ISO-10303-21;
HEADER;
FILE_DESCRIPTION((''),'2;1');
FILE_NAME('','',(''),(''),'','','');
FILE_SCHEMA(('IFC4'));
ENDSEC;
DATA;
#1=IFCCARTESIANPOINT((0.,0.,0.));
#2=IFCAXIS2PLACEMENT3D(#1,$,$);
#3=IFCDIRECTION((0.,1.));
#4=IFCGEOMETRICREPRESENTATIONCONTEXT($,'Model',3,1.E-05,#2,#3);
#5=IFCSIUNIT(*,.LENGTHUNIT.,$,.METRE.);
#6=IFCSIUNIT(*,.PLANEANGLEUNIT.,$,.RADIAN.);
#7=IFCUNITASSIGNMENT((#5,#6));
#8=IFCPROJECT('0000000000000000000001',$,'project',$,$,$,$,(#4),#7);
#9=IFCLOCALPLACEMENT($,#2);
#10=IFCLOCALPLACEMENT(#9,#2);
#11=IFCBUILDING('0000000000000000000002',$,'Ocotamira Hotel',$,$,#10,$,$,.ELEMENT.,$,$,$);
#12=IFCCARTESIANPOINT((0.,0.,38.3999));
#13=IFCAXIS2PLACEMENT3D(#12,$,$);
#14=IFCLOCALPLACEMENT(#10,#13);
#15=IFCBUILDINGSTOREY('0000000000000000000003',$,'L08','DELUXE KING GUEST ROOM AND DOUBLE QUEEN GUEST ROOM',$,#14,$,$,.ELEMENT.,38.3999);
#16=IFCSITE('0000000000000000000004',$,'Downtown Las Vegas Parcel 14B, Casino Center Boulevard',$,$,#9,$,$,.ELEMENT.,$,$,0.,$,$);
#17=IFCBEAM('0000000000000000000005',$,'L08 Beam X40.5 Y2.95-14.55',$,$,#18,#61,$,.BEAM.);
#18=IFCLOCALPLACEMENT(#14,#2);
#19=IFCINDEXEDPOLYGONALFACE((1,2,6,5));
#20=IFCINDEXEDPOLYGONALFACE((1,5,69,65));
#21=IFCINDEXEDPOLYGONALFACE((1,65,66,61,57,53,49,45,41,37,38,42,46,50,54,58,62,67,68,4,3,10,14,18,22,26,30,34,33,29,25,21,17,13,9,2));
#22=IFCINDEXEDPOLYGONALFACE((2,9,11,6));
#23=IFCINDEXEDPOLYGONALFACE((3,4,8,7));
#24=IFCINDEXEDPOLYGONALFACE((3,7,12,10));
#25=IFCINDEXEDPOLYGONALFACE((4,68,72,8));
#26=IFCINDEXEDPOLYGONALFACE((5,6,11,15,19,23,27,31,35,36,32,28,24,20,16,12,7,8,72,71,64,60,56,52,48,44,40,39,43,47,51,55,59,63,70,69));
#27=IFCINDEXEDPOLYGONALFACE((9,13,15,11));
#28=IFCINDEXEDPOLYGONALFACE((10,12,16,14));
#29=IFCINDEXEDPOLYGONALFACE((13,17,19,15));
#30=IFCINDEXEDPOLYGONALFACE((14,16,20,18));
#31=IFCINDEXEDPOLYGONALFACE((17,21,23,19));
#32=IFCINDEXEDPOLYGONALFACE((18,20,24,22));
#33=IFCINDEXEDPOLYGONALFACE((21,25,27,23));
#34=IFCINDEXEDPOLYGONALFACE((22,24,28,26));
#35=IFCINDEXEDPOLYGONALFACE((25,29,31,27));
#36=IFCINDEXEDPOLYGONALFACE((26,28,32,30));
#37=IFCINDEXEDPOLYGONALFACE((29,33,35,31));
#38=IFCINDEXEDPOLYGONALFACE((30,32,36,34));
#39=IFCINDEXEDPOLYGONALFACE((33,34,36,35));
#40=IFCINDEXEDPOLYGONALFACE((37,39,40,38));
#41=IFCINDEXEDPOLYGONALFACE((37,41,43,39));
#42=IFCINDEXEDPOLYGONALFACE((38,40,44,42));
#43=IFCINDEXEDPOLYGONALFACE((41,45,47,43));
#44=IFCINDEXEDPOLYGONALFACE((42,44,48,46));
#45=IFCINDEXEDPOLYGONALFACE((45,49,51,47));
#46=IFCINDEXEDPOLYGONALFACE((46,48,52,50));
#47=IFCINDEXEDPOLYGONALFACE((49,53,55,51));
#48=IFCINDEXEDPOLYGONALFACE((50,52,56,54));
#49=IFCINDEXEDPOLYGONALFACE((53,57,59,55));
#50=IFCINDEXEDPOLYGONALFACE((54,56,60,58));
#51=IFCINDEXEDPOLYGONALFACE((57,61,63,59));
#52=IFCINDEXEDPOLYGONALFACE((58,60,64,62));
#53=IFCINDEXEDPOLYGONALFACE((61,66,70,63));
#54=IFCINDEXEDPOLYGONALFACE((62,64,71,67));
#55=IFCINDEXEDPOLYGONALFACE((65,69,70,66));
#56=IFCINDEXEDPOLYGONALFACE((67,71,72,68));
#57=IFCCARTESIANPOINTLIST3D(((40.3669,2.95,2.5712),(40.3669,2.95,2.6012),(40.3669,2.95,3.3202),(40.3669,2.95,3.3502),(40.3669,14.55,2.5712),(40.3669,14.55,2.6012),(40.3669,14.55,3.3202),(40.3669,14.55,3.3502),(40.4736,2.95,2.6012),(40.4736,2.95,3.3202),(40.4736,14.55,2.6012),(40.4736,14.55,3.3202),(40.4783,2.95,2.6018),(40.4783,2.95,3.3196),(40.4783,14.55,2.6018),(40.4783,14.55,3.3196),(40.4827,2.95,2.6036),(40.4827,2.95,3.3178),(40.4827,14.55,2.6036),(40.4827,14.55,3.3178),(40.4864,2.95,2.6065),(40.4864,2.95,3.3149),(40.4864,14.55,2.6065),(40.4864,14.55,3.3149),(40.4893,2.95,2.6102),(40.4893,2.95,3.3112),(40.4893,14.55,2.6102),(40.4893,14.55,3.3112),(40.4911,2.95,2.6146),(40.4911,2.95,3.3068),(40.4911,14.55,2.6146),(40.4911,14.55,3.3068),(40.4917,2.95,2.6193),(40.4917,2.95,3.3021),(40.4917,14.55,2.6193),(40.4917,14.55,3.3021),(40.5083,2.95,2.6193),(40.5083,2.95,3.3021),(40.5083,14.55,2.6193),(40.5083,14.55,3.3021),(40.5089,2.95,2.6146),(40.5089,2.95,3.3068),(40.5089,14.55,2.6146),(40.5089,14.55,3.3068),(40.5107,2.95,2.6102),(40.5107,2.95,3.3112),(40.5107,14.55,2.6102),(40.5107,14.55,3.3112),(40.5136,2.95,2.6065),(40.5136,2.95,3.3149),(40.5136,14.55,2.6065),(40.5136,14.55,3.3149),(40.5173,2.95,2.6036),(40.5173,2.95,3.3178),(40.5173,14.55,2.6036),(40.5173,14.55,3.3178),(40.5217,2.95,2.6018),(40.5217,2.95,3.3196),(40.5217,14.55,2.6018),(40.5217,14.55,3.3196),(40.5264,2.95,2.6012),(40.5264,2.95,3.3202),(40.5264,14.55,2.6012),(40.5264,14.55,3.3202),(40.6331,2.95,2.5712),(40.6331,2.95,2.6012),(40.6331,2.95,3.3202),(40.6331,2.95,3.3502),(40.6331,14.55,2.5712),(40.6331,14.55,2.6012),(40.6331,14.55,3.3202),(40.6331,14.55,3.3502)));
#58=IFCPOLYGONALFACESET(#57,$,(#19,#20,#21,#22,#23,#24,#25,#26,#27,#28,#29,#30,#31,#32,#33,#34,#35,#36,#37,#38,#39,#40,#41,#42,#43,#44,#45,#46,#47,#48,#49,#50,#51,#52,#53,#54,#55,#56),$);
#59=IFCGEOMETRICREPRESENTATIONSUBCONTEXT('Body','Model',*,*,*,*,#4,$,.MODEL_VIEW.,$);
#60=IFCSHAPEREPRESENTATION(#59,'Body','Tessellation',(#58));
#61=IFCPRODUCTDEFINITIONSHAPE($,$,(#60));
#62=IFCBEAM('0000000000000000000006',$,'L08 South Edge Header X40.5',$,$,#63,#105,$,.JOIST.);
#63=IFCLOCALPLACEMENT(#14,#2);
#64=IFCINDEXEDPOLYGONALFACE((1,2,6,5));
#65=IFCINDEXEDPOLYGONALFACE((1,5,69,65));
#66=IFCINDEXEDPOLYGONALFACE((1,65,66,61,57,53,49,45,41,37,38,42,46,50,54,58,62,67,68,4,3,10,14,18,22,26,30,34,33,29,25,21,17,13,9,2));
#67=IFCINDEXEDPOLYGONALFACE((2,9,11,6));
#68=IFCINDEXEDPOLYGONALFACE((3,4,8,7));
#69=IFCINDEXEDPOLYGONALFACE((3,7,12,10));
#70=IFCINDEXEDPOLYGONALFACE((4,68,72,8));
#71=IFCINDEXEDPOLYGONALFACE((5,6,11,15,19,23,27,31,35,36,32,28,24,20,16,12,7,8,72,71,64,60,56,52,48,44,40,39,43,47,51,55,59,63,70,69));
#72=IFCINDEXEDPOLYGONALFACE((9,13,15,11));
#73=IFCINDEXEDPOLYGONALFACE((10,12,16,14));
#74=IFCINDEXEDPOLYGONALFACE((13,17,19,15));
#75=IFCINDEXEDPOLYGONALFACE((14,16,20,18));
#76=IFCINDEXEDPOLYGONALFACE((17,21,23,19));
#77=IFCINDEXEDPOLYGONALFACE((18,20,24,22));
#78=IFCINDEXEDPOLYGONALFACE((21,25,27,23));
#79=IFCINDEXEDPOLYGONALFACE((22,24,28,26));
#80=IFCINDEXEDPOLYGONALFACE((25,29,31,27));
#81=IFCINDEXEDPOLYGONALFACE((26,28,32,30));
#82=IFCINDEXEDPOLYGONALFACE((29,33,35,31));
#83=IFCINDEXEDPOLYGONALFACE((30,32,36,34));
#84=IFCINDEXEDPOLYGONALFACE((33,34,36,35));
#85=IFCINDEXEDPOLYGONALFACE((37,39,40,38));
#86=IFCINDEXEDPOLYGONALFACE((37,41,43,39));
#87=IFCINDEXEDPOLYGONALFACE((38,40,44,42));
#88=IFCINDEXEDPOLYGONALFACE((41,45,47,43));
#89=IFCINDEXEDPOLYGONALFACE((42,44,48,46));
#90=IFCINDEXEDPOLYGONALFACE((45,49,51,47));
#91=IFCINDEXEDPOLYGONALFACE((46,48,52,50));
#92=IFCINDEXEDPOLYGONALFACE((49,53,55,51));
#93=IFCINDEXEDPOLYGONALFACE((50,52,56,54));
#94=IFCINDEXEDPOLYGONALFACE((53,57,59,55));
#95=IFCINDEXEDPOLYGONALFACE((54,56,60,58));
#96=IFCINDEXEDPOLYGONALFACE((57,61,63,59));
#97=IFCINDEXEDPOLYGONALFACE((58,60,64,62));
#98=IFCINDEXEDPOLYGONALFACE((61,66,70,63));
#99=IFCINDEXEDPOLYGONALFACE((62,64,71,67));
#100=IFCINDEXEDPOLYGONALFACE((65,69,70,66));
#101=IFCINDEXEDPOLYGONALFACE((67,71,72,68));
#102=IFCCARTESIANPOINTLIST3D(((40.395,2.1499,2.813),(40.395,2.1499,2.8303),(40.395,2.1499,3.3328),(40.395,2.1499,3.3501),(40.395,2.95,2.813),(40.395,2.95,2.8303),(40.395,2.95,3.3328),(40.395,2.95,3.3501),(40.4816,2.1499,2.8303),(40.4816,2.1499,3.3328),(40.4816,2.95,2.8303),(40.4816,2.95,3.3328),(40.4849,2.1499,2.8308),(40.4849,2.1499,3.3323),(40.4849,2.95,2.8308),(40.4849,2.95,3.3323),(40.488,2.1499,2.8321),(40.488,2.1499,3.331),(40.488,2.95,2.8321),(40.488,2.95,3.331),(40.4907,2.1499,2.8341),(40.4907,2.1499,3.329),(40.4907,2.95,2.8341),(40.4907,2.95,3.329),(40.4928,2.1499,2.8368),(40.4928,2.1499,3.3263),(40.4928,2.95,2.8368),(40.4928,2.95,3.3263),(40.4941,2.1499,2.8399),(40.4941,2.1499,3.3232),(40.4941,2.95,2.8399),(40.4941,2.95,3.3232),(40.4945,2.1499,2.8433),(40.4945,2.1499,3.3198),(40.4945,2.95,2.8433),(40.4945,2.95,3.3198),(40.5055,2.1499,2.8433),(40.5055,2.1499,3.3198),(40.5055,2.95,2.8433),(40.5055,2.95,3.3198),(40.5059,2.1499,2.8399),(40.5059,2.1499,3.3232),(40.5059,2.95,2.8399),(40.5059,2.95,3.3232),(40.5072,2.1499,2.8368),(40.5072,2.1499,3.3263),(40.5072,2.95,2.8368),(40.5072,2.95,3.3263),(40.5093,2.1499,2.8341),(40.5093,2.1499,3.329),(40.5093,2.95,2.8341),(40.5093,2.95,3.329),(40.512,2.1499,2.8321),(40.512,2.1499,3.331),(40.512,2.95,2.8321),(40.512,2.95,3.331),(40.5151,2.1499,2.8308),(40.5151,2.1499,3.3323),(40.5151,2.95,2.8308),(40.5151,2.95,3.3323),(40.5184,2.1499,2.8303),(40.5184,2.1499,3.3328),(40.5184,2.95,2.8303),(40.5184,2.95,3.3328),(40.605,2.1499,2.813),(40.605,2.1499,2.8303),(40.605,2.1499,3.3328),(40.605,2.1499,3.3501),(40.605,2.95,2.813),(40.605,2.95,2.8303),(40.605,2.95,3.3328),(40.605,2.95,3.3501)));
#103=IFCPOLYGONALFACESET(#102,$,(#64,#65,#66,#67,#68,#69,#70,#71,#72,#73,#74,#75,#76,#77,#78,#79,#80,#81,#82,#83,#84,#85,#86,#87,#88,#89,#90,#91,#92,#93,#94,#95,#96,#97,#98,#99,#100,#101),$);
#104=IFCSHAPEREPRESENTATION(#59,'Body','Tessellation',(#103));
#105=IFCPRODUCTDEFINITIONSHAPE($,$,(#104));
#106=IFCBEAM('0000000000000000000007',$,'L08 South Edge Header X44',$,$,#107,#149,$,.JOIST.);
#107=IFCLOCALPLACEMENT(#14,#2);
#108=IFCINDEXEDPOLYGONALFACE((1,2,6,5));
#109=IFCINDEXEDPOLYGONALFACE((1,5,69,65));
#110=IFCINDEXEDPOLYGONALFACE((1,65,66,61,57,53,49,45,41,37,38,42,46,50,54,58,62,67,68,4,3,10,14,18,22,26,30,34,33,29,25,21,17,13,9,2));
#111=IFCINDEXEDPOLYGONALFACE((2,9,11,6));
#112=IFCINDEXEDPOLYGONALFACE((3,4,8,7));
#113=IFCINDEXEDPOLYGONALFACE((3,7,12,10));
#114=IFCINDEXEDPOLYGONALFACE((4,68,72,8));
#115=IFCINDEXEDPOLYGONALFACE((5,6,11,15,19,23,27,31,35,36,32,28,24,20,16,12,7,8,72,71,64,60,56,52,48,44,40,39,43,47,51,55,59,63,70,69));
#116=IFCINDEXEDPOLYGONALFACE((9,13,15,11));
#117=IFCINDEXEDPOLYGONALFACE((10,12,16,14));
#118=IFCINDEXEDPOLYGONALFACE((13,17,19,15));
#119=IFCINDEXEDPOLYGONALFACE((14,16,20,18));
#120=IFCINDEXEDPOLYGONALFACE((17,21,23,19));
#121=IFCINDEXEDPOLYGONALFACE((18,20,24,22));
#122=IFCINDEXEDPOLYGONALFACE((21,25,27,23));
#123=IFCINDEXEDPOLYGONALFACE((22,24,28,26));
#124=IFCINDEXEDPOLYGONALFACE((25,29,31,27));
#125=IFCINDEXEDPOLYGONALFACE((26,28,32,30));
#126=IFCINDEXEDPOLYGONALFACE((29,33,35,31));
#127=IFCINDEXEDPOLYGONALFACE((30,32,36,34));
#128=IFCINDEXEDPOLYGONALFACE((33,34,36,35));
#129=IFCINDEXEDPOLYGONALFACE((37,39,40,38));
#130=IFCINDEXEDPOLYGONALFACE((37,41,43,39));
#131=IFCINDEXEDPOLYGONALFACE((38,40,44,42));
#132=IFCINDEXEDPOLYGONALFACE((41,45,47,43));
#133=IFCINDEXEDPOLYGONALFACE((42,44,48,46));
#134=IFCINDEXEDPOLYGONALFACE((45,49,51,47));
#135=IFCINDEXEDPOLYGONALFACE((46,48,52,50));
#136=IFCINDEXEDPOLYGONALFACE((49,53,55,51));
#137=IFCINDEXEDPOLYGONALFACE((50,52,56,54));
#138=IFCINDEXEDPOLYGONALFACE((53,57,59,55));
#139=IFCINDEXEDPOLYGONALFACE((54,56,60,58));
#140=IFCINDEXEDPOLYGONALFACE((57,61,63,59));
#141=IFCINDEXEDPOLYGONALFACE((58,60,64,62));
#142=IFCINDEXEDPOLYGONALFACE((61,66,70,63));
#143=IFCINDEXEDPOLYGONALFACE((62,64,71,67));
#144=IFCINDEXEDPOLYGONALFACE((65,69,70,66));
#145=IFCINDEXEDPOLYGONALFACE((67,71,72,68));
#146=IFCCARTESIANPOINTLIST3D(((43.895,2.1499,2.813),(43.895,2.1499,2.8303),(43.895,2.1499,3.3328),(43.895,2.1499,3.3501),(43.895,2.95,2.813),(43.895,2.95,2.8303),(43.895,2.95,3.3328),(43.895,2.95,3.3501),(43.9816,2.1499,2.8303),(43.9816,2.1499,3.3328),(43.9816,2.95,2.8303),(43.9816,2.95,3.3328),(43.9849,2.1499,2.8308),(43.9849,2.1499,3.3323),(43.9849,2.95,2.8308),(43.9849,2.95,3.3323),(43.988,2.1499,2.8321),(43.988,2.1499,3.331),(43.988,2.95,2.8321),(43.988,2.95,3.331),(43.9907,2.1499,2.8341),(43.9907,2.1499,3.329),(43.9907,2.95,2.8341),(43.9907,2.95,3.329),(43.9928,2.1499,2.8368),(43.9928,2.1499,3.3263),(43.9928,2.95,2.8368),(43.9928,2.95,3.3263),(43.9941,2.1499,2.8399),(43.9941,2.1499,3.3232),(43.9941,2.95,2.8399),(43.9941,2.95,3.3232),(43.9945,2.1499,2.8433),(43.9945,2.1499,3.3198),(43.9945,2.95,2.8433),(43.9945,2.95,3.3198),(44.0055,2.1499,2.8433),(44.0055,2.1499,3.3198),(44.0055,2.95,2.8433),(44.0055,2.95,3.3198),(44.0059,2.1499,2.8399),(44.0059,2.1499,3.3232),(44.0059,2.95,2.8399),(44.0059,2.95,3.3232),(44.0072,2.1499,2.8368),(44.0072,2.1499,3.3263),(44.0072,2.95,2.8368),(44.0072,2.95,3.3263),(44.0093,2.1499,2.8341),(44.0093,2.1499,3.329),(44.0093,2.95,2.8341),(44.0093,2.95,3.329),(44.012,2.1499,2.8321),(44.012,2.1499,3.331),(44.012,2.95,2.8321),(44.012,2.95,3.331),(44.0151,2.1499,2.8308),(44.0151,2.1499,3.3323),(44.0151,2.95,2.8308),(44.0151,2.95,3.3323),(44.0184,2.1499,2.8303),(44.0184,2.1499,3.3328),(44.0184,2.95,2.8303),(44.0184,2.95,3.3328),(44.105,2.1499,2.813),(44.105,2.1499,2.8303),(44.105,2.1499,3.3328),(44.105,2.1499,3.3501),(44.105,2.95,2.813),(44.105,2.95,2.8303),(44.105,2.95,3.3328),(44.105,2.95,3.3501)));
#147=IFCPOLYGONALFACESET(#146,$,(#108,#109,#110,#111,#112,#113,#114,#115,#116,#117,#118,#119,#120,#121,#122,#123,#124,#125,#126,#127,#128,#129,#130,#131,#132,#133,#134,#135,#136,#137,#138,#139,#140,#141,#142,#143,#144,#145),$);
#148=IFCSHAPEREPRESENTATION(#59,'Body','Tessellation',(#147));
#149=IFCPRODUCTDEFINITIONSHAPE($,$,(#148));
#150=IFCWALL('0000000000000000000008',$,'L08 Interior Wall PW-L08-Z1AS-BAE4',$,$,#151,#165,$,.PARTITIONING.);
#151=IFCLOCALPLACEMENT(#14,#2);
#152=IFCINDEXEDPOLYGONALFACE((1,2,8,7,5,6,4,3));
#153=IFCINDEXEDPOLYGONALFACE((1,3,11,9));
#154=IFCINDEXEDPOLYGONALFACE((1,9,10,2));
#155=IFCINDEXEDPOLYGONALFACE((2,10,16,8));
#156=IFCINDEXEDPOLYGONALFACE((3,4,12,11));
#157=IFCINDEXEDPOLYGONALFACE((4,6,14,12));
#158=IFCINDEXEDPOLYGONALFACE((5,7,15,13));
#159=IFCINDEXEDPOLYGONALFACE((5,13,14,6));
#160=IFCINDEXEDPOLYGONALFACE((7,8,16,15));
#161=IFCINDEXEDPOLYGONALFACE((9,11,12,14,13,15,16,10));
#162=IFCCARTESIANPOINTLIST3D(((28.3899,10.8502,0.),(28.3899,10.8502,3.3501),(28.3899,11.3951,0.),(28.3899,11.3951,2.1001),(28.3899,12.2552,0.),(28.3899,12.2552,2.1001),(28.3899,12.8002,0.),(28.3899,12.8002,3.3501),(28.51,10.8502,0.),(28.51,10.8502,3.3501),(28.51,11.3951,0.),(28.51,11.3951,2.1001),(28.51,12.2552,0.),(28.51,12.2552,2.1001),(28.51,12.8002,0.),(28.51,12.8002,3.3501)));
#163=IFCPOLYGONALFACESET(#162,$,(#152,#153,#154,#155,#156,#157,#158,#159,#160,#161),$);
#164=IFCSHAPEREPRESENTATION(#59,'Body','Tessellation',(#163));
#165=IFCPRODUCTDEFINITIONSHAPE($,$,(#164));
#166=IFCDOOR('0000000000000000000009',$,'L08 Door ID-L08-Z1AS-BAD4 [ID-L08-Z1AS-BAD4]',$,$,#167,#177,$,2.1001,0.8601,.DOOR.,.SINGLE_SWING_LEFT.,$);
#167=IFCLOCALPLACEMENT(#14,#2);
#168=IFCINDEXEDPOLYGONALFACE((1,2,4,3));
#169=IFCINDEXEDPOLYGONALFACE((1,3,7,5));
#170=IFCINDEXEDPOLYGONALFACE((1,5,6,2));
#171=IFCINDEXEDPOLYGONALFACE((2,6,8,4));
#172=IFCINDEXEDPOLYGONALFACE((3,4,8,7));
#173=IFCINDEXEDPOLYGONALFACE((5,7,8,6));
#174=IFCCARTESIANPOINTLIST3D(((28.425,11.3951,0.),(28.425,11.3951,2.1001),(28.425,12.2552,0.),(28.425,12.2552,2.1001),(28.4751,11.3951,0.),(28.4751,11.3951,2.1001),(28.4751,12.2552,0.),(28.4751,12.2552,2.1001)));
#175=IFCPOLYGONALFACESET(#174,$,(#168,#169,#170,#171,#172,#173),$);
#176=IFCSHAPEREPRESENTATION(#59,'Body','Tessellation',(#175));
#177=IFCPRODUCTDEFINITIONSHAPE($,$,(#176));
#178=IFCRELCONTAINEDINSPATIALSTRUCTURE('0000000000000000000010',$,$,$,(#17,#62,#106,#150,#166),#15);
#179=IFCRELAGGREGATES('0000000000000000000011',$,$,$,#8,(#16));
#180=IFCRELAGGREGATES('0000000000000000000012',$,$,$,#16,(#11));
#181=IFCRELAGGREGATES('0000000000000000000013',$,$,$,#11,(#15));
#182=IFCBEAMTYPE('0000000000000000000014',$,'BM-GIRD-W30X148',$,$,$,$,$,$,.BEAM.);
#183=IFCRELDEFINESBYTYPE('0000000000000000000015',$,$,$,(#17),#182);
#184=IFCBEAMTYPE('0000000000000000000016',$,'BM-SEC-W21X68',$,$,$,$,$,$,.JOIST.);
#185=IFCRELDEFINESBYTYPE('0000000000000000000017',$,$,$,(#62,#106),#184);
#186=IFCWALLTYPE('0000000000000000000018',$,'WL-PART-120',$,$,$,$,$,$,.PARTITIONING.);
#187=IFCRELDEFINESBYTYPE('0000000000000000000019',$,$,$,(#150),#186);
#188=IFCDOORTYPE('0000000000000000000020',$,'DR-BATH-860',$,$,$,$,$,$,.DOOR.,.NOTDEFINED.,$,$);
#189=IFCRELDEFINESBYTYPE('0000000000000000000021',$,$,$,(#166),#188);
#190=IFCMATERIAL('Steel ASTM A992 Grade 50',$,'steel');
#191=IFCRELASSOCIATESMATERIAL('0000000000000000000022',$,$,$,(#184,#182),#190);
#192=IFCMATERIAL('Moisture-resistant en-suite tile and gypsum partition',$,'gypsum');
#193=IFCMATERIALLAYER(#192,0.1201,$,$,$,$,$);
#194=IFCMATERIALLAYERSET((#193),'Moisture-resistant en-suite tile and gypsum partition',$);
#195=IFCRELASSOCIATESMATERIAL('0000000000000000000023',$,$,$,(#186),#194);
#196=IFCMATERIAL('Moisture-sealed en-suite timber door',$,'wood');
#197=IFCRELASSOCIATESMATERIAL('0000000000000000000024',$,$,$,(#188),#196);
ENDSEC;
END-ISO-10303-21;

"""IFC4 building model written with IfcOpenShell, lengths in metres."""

from ifc_helpers import new_model, si_unit, direction, frame, frame_2d, origin, origin_2d, place, context, subcontext, project, spatial, rectangle, i_section, extrude, source, transform, mapped, material, layer, layer_set, material_profile, profile_set, type_object, element, fill, save


model = new_model("IFC4")

# Units and contexts
model_context = context("Model", 3, precision=1e-05, world=origin(), true_north=direction((0.0, 1.0)))
body_context = subcontext(model_context, "Body", "Model", "MODEL_VIEW")
ifc_project = project(units=[si_unit("LENGTHUNIT", "METRE"), si_unit("PLANEANGLEUNIT", "RADIAN")], contexts=[model_context])

# Site, building, storey
site_placement = place(None, origin())
site = spatial("IfcSite", under=ifc_project, at=site_placement, Name="Downtown Las Vegas Parcel 14B, Casino Center Boulevard", CompositionType="ELEMENT", RefElevation=0.0)
building_placement = place(site_placement, origin())
building = spatial("IfcBuilding", under=site, at=building_placement, Name="Ocotamira Hotel", CompositionType="ELEMENT")
storey_placement = place(building_placement, frame((0.0, 0.0, 38.3999)))
storey = spatial("IfcBuildingStorey", under=building, at=storey_placement, Name="L08", Description="DELUXE KING GUEST ROOM AND DOUBLE QUEEN GUEST ROOM", CompositionType="ELEMENT", Elevation=38.3999)

# Beams
ifc_material_1 = material(Name="Steel ASTM A992 Grade 50", Category="steel")
ifc_material_profile_1 = material_profile(ifc_material_1, i_section(OverallWidth=0.21, OverallDepth=0.5371, WebThickness=0.011, FlangeThickness=0.0173, FilletRadius=0.0129, at=origin_2d()), Name="W21X68")
ifc_profile_set_1 = profile_set([ifc_material_profile_1], Name="Steel ASTM A992 Grade 50")
beam_type_1 = type_object("IfcBeamType", Name="BM-SEC-W21X68", PredefinedType="JOIST", material=ifc_profile_set_1)
ifc_material_profile_2 = material_profile(ifc_material_1, i_section(OverallWidth=0.2661, OverallDepth=0.7791, WebThickness=0.0166, FlangeThickness=0.03, FilletRadius=0.0181, at=origin_2d()), Name="W30X148")
ifc_profile_set_2 = profile_set([ifc_material_profile_2], Name="Steel ASTM A992 Grade 50")
beam_type_2 = type_object("IfcBeamType", Name="BM-GIRD-W30X148", PredefinedType="BEAM", material=ifc_profile_set_2)
shared_shape_1 = source(origin(), body_context, "Body", "SweptSolid", [
    extrude(i_section(OverallWidth=0.2661, OverallDepth=0.7791, WebThickness=0.0166, FlangeThickness=0.03, FilletRadius=0.0181, at=origin_2d()), origin(), (0.0, 0.0, 1.0), 11.6001),
])
beam_1_placement = place(storey_placement, frame((40.5, 2.95, 2.9607), z_axis=(0.0, 1.0, 0.0), x_axis=(-1.0, 0.0, 0.0)))
element("IfcBeam", 1, at=beam_1_placement, inside=storey, type_object=beam_type_2, Name="L08 Beam X40.5 Y2.95-14.55", PredefinedType="BEAM", context=body_context, shape_type="MappedRepresentation", body=[
    mapped(shared_shape_1, transform((0.0, 0.0, 0.0), scale=1.0)),
])
shared_shape_2 = source(origin(), body_context, "Body", "SweptSolid", [
    extrude(i_section(OverallWidth=0.21, OverallDepth=0.5371, WebThickness=0.011, FlangeThickness=0.0173, FilletRadius=0.0129, at=origin_2d()), origin(), (0.0, 0.0, 1.0), 0.8),
])
for number, where, z_axis, x_axis, name in (
    (2, (40.5, 2.95, 3.0815), (0.0, -1.0, 0.0), (1.0, 0.0, 0.0), "L08 South Edge Header X40.5"),
    (3, (44.0, 2.95, 3.0815), (0.0, -1.0, 0.0), (1.0, 0.0, 0.0), "L08 South Edge Header X44"),
):
    element("IfcBeam", number, at=place(storey_placement, frame(where, z_axis=z_axis, x_axis=x_axis)), inside=storey, type_object=beam_type_1, Name=name, PredefinedType="JOIST", context=body_context, shape_type="MappedRepresentation", body=[
        mapped(shared_shape_2, transform((0.0, 0.0, 0.0), scale=1.0)),
    ])

# Wall, opening, door
ifc_material_2 = material(Name="Moisture-resistant en-suite tile and gypsum partition", Category="gypsum")
ifc_layer = layer(ifc_material_2, 0.1201)
ifc_layer_set = layer_set([ifc_layer], Name="Moisture-resistant en-suite tile and gypsum partition")
wall_type = type_object("IfcWallType", Name="WL-PART-120", PredefinedType="PARTITIONING", material=ifc_layer_set)
wall_1_placement = place(storey_placement, frame((28.45, 10.8501, 0.0), z_axis=(0.0, 0.0, 1.0), x_axis=(0.0, 1.0, 0.0)))
wall_1 = element("IfcWall", 4, at=wall_1_placement, inside=storey, type_object=wall_type, Name="L08 Interior Wall PW-L08-Z1AS-BAE4", PredefinedType="PARTITIONING", context=body_context, shape_type="SweptSolid", body=[
    extrude(rectangle(XDim=1.95, YDim=0.1201, at=frame_2d((0.9751, 0.0))), origin(), (0.0, 0.0, 1.0), 3.3501),
])
opening_1_placement = place(wall_1_placement, frame((0.5449, 0.0, 0.0)))
opening_1 = element("IfcOpeningElement", 5, at=opening_1_placement, cuts=wall_1, PredefinedType="OPENING", context=body_context, shape_type="SweptSolid", body=[
    extrude(rectangle(XDim=0.8601, YDim=2.1001, at=frame_2d((0.4302, 1.05))), frame((0.0, 0.0701, 0.0), z_axis=(0.0, -1.0, 0.0), x_axis=(1.0, 0.0, 0.0)), (0.0, 0.0, 1.0), 0.1401),
])
ifc_material_3 = material(Name="Moisture-sealed en-suite timber door", Category="wood")
door_type_1 = type_object("IfcDoorType", Name="DR-BATH-860", OperationType="NOTDEFINED", PredefinedType="DOOR", material=ifc_material_3)
shared_shape_3 = source(origin(), body_context, "Body", "SweptSolid", [
    extrude(rectangle(XDim=0.8601, YDim=2.1001, at=frame_2d((0.4302, 1.05))), frame((0.0, 0.0249, 0.0), z_axis=(0.0, -1.0, 0.0), x_axis=(1.0, 0.0, 0.0)), (0.0, 0.0, 1.0), 0.05),
])
door_1_placement = place(opening_1_placement, origin())
door_1 = element("IfcDoor", 6, at=door_1_placement, inside=storey, type_object=door_type_1, Name="L08 Door ID-L08-Z1AS-BAD4 [ID-L08-Z1AS-BAD4]", OperationType="SINGLE_SWING_LEFT", OverallHeight=2.1001, OverallWidth=0.8601, PredefinedType="DOOR", context=body_context, shape_type="MappedRepresentation", body=[
    mapped(shared_shape_3, transform((0.0, 0.0, 0.0), scale=1.0)),
])
fill(opening_1, door_1)

save(model, "model.ifc")
